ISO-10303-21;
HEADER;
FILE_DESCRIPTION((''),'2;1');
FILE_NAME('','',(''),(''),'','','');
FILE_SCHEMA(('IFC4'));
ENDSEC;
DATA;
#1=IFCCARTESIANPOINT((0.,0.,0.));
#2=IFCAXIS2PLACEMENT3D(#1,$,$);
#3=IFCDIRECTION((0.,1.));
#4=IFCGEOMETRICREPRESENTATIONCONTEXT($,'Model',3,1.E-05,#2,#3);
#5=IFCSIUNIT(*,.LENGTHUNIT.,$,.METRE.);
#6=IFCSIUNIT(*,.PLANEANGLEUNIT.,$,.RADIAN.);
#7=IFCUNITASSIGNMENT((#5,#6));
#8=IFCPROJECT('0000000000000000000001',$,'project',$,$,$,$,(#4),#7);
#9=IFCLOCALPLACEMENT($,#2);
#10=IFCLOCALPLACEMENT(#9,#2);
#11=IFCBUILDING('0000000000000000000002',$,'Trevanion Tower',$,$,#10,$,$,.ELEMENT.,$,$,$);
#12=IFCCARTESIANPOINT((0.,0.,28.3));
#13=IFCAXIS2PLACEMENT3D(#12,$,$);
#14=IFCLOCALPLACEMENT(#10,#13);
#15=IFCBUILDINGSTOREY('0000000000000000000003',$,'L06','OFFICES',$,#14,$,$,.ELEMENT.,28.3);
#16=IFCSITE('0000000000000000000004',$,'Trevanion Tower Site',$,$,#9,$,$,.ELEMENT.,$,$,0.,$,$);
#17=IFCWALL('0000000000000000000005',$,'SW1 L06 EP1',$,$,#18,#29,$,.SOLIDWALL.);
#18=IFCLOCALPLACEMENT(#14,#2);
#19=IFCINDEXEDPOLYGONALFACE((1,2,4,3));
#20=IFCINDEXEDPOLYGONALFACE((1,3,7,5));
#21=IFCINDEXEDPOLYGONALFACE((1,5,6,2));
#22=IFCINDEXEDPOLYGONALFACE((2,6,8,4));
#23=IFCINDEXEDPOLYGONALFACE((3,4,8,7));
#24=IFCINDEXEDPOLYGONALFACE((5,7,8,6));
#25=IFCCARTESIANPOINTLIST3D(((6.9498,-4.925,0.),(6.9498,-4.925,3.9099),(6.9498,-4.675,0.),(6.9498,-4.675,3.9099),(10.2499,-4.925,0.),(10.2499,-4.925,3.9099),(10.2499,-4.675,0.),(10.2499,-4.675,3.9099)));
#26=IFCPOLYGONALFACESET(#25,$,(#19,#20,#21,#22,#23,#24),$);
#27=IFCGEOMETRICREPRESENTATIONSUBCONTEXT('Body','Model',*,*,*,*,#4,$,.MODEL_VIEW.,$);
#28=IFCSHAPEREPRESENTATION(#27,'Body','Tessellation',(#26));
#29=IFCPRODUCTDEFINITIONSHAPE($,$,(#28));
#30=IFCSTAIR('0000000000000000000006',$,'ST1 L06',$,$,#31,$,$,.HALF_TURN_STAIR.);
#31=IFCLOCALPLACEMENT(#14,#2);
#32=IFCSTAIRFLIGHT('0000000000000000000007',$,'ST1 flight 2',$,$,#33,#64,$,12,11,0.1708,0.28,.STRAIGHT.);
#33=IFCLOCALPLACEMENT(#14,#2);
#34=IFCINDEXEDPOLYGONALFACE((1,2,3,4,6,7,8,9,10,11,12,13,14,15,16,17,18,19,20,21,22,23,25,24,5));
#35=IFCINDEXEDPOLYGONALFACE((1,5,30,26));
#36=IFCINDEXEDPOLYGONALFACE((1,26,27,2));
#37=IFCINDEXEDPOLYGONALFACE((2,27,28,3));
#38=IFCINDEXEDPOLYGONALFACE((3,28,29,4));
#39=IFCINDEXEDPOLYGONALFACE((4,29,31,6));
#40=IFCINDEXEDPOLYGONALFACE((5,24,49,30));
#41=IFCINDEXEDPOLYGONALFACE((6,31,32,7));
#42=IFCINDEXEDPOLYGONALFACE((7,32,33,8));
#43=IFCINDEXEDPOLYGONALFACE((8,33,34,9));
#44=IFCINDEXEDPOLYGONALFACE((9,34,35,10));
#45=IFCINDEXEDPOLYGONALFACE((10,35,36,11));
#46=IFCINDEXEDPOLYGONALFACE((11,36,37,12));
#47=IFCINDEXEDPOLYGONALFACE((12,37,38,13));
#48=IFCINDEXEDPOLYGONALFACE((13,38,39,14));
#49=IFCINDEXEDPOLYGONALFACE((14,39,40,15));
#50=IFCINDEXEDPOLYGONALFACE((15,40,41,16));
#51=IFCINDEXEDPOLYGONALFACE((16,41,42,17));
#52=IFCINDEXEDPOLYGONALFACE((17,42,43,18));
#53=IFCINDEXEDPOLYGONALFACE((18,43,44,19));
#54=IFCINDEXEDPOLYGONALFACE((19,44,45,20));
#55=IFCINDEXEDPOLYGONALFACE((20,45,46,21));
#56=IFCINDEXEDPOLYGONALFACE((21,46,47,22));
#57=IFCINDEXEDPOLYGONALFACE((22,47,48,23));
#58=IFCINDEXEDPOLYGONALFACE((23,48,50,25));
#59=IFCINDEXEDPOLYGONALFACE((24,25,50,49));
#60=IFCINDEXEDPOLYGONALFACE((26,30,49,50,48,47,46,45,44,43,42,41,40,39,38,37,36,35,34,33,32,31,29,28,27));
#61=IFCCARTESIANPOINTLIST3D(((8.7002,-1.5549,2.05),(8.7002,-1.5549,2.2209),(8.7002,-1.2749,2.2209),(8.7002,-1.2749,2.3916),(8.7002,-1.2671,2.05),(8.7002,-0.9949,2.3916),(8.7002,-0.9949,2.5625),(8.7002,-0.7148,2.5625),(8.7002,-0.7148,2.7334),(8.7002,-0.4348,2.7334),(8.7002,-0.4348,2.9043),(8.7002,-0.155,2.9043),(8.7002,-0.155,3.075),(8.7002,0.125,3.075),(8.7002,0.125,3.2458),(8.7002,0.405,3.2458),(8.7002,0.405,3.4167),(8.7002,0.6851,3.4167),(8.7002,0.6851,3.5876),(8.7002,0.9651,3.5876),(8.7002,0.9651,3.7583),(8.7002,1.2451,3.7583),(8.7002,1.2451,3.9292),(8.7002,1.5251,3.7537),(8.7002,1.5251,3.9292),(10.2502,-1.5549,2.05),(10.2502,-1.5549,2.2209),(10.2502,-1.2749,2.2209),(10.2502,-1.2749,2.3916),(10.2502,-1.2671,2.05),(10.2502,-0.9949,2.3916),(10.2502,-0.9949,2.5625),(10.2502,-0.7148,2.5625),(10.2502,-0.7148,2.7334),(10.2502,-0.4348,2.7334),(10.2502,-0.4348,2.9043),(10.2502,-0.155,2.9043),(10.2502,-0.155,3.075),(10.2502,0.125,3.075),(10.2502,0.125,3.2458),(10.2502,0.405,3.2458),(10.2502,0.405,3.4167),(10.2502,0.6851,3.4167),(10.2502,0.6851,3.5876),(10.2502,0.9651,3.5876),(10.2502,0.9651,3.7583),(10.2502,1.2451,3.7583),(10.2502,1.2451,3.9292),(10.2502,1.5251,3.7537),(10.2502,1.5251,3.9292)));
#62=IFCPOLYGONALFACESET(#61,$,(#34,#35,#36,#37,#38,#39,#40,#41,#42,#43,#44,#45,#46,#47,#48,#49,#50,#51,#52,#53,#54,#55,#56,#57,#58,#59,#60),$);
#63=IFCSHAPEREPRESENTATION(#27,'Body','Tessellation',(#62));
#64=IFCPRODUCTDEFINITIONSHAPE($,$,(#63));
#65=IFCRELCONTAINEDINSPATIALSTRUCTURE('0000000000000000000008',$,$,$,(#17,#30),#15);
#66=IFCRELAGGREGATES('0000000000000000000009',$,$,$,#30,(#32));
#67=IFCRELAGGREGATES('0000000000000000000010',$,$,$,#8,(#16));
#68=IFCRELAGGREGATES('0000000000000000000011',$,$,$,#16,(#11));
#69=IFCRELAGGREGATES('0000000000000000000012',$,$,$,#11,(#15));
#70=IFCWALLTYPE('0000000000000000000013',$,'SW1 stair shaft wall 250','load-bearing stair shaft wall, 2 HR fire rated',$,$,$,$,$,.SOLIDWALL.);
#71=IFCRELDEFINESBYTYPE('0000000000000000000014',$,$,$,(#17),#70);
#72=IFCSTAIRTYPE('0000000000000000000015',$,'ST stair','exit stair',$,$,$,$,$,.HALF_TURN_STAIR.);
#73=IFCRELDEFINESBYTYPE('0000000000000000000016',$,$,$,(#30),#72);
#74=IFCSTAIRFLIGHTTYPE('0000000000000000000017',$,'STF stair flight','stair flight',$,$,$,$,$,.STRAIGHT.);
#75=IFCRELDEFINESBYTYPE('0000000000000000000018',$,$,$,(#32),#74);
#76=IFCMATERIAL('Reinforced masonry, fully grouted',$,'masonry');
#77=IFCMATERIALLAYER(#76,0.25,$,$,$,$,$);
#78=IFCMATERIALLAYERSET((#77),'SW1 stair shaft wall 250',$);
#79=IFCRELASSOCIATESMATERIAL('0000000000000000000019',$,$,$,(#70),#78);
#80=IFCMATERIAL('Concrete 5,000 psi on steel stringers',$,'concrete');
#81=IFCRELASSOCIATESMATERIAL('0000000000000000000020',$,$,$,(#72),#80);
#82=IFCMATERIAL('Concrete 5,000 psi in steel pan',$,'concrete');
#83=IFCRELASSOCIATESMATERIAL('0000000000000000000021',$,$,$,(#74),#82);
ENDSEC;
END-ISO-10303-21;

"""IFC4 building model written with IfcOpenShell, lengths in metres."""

from ifc_helpers import new_model, si_unit, direction, frame, frame_2d, origin, place, context, subcontext, project, spatial, polyline, rectangle, outline, extrude, material, layer, layer_set, type_object, element, aggregate, save


model = new_model("IFC4")

# Units and contexts
model_context = context("Model", 3, precision=1e-05, world=origin(), true_north=direction((0.0, 1.0)))
body_context = subcontext(model_context, "Body", "Model", "MODEL_VIEW")
ifc_project = project(units=[si_unit("LENGTHUNIT", "METRE"), si_unit("PLANEANGLEUNIT", "RADIAN")], contexts=[model_context])

# Site, building, storey
site_placement = place(None, origin())
site = spatial("IfcSite", under=ifc_project, at=site_placement, Name="Trevanion Tower Site", CompositionType="ELEMENT", RefElevation=0.0)
building_placement = place(site_placement, origin())
building = spatial("IfcBuilding", under=site, at=building_placement, Name="Trevanion Tower", CompositionType="ELEMENT")
storey_placement = place(building_placement, frame((0.0, 0.0, 28.3)))
storey = spatial("IfcBuildingStorey", under=building, at=storey_placement, Name="L06", Description="OFFICES", CompositionType="ELEMENT", Elevation=28.3)

# Wall
ifc_material_1 = material(Name="Reinforced masonry, fully grouted", Category="masonry")
ifc_layer_1 = layer(ifc_material_1, 0.25)
ifc_layer_set_1 = layer_set([ifc_layer_1], Name="SW1 stair shaft wall 250")
wall_type_1 = type_object("IfcWallType", Name="SW1 stair shaft wall 250", Description="load-bearing stair shaft wall, 2 HR fire rated", PredefinedType="SOLIDWALL", material=ifc_layer_set_1)
wall_1_placement = place(storey_placement, frame((6.95, -4.8, 0.0), z_axis=(0.0, 0.0, 1.0), x_axis=(1.0, 0.0, 0.0)))
element("IfcWall", 1, at=wall_1_placement, inside=storey, type_object=wall_type_1, Name="SW1 L06 EP1", PredefinedType="SOLIDWALL", context=body_context, shape_type="SweptSolid", body=[
    extrude(rectangle(XDim=3.3, YDim=0.25, at=frame_2d((1.6499, 0.0))), origin(), (0.0, 0.0, 1.0), 3.9099),
])

# Stair, stair flight
ifc_material_2 = material(Name="Concrete 5,000 psi on steel stringers", Category="concrete")
stair_type = type_object("IfcStairType", Name="ST stair", Description="exit stair", PredefinedType="HALF_TURN_STAIR", material=ifc_material_2)
stair_placement = place(storey_placement, origin())
stair = element("IfcStair", 2, at=stair_placement, inside=storey, type_object=stair_type, Name="ST1 L06", PredefinedType="HALF_TURN_STAIR")
ifc_material_3 = material(Name="Concrete 5,000 psi in steel pan", Category="concrete")
stair_flight_type = type_object("IfcStairFlightType", Name="STF stair flight", Description="stair flight", PredefinedType="STRAIGHT", material=ifc_material_3)
stair_flight_placement = place(storey_placement, frame((9.4751, -1.5549, 2.05), z_axis=(0.0, 0.0, 1.0), x_axis=(0.0, 1.0, 0.0)))
stair_flight = element("IfcStairFlight", 3, at=stair_flight_placement, type_object=stair_flight_type, Name="ST1 flight 2", NumberOfRisers=12, NumberOfTreads=11, PredefinedType="STRAIGHT", RiserHeight=0.1708, TreadLength=0.28, context=body_context, shape_type="SweptSolid", body=[
    extrude(outline(polyline([(0.0, 0.0), (0.0, 0.1709), (0.28, 0.1709), (0.28, 0.3416), (0.5601, 0.3416), (0.5601, 0.5125), (0.8401, 0.5125), (0.8401, 0.6833), (1.1201, 0.6833), (1.1201, 0.8542), (1.3999, 0.8542), (1.3999, 1.0249), (1.6799, 1.0249), (1.6799, 1.1958), (1.96, 1.1958), (1.96, 1.3667), (2.24, 1.3667), (2.24, 1.5376), (2.52, 1.5376), (2.52, 1.7083), (2.8, 1.7083), (2.8, 1.8792), (3.0801, 1.8792), (3.0801, 2.05), (3.0801, 1.7036), (0.2878, 0.0), (0.0, 0.0)])), frame((0.0, 0.7749, 0.0), z_axis=(0.0, -1.0, 0.0), x_axis=(1.0, 0.0, 0.0)), (0.0, 0.0, 1.0), 1.55),
])
aggregate(stair, [stair_flight])

save(model, "model.ifc")
